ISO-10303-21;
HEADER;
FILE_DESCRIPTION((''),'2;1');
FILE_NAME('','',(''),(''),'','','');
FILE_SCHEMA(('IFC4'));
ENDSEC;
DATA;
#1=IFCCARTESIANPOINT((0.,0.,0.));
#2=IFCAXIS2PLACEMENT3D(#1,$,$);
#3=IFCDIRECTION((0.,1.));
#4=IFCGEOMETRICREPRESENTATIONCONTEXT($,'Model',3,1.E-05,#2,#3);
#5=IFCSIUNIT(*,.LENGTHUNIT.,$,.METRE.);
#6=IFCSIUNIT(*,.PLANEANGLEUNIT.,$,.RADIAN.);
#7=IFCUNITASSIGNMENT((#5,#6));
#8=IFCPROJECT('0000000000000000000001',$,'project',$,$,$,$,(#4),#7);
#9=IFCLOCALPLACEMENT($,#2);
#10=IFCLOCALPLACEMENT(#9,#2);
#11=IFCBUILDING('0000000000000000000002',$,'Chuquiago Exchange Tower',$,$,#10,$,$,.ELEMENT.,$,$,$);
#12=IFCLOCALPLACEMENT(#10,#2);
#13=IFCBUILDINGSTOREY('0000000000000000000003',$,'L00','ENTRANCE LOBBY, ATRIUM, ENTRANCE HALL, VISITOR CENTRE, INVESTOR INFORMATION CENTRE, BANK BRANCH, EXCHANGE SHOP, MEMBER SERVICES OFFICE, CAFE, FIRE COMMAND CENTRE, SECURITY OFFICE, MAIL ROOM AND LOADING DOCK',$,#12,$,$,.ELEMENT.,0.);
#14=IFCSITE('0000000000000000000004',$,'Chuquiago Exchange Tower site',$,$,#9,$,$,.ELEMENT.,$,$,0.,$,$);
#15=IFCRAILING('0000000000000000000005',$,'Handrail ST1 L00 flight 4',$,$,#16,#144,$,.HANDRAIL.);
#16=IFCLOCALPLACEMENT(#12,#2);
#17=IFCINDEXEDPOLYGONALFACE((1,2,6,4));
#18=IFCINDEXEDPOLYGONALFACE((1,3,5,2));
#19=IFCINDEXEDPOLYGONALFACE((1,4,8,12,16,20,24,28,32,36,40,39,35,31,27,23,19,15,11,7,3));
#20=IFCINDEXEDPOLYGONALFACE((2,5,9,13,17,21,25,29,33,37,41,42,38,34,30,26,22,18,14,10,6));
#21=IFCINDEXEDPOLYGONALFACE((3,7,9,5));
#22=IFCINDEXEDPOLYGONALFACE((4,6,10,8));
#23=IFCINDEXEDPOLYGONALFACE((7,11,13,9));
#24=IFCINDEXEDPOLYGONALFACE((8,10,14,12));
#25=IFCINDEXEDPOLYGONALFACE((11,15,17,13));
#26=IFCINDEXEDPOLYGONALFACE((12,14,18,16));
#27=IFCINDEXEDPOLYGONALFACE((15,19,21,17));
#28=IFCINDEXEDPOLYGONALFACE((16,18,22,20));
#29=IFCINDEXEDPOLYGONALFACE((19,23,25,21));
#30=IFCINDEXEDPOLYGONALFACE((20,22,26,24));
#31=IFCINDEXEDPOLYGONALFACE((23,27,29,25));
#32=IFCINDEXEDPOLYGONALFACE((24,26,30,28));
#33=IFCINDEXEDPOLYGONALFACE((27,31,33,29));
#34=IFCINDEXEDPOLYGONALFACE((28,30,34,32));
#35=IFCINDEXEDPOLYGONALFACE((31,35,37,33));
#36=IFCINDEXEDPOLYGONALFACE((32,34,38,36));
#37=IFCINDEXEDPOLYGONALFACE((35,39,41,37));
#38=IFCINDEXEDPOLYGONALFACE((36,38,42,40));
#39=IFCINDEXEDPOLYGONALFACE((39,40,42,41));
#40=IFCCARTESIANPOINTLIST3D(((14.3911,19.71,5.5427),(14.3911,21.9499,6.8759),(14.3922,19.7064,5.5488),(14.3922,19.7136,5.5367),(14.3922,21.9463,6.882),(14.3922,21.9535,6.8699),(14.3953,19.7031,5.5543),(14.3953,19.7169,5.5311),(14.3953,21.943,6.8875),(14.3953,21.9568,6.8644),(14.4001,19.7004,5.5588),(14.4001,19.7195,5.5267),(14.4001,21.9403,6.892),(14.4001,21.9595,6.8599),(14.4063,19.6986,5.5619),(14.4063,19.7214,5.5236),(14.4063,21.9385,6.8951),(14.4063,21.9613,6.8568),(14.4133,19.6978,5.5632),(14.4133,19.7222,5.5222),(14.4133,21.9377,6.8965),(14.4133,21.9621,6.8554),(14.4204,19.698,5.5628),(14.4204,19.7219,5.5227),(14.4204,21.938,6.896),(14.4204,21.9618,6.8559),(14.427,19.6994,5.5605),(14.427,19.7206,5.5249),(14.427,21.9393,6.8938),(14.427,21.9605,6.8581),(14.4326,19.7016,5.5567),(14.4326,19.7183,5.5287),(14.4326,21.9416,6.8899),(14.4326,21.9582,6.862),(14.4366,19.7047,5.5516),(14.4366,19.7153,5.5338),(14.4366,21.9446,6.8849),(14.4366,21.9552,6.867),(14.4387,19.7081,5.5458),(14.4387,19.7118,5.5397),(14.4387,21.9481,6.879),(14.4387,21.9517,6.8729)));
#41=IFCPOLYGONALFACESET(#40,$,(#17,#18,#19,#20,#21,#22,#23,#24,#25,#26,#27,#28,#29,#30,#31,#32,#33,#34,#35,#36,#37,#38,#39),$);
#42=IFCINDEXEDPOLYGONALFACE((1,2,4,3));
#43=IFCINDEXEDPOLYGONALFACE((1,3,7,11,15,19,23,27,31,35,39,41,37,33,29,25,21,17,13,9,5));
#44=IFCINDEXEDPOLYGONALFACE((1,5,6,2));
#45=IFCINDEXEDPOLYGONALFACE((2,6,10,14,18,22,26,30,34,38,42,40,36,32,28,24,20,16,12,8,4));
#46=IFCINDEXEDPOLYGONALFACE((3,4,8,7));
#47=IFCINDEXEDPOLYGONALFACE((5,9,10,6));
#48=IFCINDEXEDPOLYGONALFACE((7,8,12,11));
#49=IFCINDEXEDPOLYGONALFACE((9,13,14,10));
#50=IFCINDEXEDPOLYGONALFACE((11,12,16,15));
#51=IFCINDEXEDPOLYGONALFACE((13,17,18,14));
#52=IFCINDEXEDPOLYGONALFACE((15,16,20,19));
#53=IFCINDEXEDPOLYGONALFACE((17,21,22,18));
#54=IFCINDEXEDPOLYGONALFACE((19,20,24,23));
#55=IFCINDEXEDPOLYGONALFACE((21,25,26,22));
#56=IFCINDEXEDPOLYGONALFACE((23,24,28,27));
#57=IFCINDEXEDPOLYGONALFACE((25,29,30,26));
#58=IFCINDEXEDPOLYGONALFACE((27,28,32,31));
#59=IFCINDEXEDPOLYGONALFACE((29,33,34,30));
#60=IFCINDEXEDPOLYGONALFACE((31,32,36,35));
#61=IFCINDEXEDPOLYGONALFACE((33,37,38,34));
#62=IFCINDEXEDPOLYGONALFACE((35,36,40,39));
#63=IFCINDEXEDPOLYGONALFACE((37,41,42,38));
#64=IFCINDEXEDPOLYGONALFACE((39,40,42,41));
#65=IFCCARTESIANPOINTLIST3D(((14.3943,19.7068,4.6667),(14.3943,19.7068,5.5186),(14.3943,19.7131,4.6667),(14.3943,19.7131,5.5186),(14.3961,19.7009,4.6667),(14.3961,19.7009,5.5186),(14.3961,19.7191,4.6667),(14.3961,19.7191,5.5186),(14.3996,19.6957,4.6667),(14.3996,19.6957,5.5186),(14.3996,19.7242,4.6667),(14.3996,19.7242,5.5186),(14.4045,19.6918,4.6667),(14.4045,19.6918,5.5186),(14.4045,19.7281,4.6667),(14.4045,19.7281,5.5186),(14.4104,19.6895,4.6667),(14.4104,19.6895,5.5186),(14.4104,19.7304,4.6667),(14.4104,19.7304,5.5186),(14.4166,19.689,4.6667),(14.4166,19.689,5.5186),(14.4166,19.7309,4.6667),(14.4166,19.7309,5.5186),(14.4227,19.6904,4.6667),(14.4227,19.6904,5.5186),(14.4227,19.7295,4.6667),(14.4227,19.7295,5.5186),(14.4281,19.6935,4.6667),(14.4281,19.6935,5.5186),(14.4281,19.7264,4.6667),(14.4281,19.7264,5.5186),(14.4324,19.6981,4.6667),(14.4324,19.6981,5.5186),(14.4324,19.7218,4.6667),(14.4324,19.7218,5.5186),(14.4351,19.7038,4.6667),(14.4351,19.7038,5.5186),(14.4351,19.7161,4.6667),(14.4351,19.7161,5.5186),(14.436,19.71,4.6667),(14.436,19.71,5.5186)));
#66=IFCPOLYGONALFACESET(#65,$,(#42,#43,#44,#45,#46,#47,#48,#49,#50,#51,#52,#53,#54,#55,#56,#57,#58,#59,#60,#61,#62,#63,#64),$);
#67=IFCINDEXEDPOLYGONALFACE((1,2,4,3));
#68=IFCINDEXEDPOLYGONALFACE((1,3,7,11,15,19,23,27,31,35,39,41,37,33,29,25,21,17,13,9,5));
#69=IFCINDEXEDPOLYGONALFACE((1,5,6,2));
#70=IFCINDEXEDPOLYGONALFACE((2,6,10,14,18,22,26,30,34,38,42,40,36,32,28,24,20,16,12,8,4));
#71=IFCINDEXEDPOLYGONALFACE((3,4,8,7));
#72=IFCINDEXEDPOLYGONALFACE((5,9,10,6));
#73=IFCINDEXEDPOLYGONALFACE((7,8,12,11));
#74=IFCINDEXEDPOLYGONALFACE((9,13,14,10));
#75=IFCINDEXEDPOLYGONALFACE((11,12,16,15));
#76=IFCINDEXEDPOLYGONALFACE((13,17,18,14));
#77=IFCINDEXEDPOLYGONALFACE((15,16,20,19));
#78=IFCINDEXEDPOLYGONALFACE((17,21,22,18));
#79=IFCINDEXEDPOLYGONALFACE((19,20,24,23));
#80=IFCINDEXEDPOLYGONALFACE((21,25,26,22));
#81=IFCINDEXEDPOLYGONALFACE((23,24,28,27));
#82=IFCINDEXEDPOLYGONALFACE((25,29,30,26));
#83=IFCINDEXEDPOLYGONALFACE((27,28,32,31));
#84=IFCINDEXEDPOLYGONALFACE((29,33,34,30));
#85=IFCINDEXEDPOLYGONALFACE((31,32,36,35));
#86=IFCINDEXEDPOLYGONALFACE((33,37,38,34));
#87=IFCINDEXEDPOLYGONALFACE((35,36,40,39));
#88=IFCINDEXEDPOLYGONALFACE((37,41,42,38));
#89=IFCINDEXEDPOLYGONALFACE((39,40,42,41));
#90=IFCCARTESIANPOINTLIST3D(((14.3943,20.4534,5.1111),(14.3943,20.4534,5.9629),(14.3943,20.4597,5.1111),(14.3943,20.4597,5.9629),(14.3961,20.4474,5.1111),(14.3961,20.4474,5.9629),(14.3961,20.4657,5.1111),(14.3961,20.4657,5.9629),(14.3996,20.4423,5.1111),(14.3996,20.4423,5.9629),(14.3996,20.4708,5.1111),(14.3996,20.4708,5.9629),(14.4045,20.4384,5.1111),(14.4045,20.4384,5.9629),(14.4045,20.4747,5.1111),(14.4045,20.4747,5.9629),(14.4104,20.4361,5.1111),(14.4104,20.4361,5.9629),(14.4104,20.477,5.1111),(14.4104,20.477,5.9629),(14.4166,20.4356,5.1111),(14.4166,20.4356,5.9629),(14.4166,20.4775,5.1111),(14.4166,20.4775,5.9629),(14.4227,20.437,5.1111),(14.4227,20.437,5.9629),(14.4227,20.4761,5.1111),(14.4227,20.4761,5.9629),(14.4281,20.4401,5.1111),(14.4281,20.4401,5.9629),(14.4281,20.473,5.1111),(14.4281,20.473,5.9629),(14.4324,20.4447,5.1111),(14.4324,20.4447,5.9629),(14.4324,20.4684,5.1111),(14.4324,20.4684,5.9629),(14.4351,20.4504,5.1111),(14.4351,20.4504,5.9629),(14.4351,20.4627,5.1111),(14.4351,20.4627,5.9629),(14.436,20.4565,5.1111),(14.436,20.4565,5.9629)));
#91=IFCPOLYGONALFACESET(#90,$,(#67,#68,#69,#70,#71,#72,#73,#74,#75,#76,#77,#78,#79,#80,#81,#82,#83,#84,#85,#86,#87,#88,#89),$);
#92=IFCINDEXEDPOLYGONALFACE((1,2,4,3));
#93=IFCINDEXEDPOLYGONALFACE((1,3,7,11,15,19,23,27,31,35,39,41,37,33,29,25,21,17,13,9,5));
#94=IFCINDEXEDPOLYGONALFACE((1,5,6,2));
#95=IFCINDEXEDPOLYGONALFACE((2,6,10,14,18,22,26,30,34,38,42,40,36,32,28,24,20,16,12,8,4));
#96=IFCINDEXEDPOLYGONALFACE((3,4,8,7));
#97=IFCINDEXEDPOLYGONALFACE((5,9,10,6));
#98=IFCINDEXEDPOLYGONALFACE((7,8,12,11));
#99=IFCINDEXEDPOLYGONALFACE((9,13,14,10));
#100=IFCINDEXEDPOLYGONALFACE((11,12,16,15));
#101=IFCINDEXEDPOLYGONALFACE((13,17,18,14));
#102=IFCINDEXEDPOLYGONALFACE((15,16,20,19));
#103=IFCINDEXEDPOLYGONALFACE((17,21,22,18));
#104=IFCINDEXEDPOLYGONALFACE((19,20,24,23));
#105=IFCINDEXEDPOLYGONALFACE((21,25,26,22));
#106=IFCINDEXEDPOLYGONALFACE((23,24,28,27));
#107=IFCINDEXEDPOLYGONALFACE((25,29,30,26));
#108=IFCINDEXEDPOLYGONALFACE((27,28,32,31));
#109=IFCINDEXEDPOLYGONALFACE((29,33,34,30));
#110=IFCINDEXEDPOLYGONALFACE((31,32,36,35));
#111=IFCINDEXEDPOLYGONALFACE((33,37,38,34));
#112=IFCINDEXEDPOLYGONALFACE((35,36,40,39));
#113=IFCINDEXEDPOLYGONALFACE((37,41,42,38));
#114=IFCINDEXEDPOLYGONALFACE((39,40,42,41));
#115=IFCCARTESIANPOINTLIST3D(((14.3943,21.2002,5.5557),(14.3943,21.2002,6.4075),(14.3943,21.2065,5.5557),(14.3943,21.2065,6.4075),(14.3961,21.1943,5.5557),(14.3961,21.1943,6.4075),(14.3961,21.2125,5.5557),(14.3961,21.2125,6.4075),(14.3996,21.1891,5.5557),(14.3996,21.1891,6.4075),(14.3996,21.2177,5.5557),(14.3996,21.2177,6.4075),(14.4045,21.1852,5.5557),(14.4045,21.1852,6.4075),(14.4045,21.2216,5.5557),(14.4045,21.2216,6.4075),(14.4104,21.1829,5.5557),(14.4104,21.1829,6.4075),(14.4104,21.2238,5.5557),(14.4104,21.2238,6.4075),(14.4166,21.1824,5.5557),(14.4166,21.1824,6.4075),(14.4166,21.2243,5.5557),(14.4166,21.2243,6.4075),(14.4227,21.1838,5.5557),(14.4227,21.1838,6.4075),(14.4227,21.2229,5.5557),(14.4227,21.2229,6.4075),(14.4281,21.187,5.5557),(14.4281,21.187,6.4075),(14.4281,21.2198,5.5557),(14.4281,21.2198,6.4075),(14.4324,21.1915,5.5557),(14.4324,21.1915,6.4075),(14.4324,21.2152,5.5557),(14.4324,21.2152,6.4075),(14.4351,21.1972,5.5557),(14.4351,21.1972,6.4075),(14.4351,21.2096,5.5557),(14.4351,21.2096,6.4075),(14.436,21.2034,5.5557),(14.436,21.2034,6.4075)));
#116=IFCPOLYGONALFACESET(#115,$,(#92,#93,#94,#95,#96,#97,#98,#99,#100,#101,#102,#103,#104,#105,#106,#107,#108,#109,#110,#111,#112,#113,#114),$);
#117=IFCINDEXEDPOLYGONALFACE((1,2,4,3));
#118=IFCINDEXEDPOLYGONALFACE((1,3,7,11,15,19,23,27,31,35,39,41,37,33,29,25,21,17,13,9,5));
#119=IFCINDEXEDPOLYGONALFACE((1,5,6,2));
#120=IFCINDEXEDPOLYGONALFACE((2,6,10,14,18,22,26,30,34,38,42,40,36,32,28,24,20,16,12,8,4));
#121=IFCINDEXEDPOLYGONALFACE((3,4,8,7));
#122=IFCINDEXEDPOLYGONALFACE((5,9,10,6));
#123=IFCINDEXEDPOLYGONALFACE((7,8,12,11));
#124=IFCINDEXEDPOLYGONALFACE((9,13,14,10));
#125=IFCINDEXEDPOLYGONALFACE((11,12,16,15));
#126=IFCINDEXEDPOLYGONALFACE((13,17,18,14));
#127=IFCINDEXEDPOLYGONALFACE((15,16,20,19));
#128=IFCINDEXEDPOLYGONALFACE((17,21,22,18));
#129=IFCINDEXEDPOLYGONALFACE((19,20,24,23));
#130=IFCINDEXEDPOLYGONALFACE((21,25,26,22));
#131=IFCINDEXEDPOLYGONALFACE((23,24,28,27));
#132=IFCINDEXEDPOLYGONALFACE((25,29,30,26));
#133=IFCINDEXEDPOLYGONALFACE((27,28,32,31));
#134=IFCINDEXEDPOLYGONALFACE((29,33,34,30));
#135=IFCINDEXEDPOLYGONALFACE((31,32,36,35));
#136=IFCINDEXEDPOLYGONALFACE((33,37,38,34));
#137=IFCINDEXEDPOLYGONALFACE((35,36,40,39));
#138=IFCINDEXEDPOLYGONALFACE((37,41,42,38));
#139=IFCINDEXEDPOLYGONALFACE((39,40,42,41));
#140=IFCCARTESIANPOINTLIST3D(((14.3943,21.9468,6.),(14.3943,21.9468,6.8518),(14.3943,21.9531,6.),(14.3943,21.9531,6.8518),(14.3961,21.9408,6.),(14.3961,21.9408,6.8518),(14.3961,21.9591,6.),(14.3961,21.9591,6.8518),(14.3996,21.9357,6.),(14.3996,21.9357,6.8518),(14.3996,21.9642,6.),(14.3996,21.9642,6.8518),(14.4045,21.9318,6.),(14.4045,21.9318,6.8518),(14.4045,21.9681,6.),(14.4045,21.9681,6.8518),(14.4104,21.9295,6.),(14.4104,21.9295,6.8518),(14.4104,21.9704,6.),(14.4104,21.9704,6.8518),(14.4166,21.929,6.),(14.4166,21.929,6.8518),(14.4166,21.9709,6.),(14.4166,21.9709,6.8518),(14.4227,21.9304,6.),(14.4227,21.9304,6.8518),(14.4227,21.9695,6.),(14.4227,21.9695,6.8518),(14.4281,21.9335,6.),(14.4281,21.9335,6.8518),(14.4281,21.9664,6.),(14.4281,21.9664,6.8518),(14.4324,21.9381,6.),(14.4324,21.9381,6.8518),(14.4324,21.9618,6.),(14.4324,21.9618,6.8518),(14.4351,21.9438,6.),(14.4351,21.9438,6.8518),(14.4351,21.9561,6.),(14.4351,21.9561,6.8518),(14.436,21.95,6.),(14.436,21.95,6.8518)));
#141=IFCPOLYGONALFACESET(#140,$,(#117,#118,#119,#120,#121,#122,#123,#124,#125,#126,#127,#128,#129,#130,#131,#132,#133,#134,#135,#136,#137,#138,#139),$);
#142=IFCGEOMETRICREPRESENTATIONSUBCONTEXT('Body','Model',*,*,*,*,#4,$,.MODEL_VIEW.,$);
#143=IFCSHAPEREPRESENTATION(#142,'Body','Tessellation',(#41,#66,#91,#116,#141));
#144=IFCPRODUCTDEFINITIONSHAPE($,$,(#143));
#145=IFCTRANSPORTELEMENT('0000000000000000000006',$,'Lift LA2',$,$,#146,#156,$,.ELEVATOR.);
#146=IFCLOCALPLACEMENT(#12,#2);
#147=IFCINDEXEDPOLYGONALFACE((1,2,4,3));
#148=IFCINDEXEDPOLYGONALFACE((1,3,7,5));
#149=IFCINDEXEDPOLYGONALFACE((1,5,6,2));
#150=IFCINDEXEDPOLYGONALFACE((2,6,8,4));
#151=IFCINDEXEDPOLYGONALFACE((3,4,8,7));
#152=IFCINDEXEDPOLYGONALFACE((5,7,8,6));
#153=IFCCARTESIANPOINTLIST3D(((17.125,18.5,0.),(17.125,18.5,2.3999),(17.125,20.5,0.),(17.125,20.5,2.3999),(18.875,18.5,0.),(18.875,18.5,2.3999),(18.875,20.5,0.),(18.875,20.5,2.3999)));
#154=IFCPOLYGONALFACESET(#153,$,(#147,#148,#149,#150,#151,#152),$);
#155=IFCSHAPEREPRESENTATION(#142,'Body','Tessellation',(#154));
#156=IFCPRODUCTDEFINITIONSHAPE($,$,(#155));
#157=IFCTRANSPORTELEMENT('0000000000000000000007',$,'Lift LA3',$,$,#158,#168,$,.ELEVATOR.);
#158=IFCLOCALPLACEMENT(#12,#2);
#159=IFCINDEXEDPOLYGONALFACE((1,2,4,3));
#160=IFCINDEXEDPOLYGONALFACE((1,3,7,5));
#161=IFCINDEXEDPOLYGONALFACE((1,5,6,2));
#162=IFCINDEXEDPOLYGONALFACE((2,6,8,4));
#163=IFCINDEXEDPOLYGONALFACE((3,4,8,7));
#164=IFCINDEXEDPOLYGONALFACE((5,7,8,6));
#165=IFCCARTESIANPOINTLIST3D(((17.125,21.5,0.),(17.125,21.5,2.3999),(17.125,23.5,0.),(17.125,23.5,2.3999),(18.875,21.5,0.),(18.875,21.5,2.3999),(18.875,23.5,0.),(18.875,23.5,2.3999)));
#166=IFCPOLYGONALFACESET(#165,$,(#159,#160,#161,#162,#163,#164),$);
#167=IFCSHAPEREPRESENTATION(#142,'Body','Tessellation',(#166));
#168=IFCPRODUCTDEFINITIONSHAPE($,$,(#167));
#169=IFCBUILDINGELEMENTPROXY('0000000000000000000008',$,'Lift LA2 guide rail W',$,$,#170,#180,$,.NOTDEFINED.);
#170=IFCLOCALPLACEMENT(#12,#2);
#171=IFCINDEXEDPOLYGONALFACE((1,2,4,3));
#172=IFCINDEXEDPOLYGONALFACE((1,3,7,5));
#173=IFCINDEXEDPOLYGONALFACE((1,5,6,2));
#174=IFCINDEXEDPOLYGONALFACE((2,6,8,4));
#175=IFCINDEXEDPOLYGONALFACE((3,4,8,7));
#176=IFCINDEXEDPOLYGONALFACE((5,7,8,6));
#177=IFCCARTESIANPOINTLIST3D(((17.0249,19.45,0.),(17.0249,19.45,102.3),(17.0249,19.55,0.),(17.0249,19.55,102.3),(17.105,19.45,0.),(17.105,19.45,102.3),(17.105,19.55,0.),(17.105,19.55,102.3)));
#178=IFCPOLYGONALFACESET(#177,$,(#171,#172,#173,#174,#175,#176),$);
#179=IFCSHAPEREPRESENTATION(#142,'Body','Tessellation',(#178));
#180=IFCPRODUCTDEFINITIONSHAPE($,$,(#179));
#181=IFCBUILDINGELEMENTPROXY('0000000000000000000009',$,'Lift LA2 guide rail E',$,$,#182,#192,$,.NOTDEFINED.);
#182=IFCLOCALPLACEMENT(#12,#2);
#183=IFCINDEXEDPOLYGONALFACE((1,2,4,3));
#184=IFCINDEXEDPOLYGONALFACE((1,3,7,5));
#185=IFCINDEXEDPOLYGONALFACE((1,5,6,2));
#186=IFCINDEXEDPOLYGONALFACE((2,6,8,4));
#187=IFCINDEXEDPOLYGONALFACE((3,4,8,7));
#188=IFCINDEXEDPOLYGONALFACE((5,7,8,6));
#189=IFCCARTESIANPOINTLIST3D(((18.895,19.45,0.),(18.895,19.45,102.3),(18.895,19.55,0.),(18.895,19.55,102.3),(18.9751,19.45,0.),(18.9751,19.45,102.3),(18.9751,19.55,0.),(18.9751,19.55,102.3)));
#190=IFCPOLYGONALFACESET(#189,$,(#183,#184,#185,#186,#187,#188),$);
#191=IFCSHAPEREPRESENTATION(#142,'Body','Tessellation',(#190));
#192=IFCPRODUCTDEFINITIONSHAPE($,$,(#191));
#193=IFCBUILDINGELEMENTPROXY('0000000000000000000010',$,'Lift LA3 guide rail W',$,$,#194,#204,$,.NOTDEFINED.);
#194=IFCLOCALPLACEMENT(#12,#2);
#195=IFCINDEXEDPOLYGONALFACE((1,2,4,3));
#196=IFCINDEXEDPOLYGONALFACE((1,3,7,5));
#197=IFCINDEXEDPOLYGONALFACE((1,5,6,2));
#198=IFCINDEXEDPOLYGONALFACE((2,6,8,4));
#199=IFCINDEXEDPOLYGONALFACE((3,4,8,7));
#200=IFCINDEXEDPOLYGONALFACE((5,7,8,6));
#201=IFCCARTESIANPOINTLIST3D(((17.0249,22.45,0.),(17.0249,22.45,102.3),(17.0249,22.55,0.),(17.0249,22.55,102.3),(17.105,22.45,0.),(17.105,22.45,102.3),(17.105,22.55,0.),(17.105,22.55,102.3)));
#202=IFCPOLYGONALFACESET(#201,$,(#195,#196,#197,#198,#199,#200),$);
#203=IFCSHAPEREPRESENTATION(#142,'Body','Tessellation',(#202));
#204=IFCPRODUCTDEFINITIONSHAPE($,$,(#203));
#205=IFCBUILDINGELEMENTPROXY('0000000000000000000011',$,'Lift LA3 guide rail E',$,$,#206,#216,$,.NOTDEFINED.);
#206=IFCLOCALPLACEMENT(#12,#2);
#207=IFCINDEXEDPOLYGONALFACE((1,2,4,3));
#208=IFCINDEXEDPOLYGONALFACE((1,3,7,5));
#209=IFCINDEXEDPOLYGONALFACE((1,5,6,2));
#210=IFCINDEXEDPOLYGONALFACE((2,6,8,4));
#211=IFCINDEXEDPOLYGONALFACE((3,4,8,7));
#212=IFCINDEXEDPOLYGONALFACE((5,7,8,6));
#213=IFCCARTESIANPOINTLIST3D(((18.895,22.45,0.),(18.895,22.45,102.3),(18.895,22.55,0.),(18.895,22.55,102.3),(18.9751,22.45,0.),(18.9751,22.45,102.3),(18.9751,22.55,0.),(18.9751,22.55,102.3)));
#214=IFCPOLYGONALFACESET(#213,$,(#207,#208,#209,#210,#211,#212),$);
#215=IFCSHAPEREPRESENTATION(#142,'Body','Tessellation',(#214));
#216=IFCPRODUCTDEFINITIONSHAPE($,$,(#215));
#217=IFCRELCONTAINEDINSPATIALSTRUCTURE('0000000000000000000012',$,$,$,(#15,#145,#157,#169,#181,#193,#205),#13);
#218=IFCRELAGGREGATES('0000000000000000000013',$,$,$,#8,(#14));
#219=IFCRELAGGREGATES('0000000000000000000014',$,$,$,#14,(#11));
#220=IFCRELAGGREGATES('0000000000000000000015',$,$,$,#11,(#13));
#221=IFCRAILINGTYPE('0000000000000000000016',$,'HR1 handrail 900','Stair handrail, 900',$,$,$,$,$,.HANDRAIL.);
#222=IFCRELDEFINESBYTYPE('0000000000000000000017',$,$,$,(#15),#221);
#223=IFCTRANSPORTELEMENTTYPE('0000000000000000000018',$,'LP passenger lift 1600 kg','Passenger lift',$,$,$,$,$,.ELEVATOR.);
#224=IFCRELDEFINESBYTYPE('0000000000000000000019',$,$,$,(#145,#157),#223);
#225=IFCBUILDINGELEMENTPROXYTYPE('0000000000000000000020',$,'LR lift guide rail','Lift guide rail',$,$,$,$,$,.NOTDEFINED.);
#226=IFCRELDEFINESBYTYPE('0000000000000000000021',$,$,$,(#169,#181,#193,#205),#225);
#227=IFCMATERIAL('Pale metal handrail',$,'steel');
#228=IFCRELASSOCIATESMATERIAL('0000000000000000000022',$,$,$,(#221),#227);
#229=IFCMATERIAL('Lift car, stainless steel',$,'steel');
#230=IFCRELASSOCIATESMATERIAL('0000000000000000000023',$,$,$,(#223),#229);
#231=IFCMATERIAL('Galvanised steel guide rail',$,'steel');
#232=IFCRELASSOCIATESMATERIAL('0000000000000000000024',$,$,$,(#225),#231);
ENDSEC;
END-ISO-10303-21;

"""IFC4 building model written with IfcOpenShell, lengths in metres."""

from ifc_helpers import new_model, si_unit, direction, frame, origin, origin_2d, place, context, subcontext, project, spatial, rectangle, circle, extrude, material, type_object, element, save


model = new_model("IFC4")

# Units and contexts
model_context = context("Model", 3, precision=1e-05, world=origin(), true_north=direction((0.0, 1.0)))
body_context = subcontext(model_context, "Body", "Model", "MODEL_VIEW")
ifc_project = project(units=[si_unit("LENGTHUNIT", "METRE"), si_unit("PLANEANGLEUNIT", "RADIAN")], contexts=[model_context])

# Site, building, storey
site_placement = place(None, origin())
site = spatial("IfcSite", under=ifc_project, at=site_placement, Name="Chuquiago Exchange Tower site", CompositionType="ELEMENT", RefElevation=0.0)
building_placement = place(site_placement, origin())
building = spatial("IfcBuilding", under=site, at=building_placement, Name="Chuquiago Exchange Tower", CompositionType="ELEMENT")
storey_placement = place(building_placement, origin())
storey = spatial("IfcBuildingStorey", under=building, at=storey_placement, Name="L00", Description="ENTRANCE LOBBY, ATRIUM, ENTRANCE HALL, VISITOR CENTRE, INVESTOR INFORMATION CENTRE, BANK BRANCH, EXCHANGE SHOP, MEMBER SERVICES OFFICE, CAFE, FIRE COMMAND CENTRE, SECURITY OFFICE, MAIL ROOM AND LOADING DOCK", CompositionType="ELEMENT", Elevation=0.0)

# Railing
ifc_material_1 = material(Name="Pale metal handrail", Category="steel")
railing_type_1 = type_object("IfcRailingType", Name="HR1 handrail 900", Description="Stair handrail, 900", PredefinedType="HANDRAIL", material=ifc_material_1)
for number, where, name in (
    (1, (14.415, 19.71, 4.6667), "Handrail ST1 L00 flight 4"),
):
    element("IfcRailing", number, at=place(storey_placement, frame(where)), inside=storey, type_object=railing_type_1, Name=name, PredefinedType="HANDRAIL", context=body_context, shape_type="SweptSolid", body=[
        extrude(circle(Radius=0.0239, at=origin_2d()), frame((0.0, 0.0, 0.876), z_axis=(0.0, 0.859306, 0.511462), x_axis=(-1.0, 0.0, 0.0)), (0.0, 0.0, 1.0), 2.6067),
        extrude(circle(Radius=0.021, at=origin_2d()), origin(), (0.0, 0.0, 1.0), 0.8518),
        extrude(circle(Radius=0.021, at=origin_2d()), frame((0.0, 0.7466, 0.4443)), (0.0, 0.0, 1.0), 0.8518),
        extrude(circle(Radius=0.021, at=origin_2d()), frame((0.0, 1.4934, 0.8889)), (0.0, 0.0, 1.0), 0.8518),
        extrude(circle(Radius=0.021, at=origin_2d()), frame((0.0, 2.24, 1.3333)), (0.0, 0.0, 1.0), 0.8518),
    ])

# Transport elements
ifc_material_2 = material(Name="Lift car, stainless steel", Category="steel")
transport_element_type = type_object("IfcTransportElementType", Name="LP passenger lift 1600 kg", Description="Passenger lift", PredefinedType="ELEVATOR", material=ifc_material_2)
for number, where, z_axis, x_axis, name in (
    (2, (18.0, 19.5, 0.0), (0.0, 0.0, 1.0), (1.0, 0.0, 0.0), "Lift LA2"),
    (3, (18.0, 22.5, 0.0), (0.0, 0.0, 1.0), (1.0, 0.0, 0.0), "Lift LA3"),
):
    element("IfcTransportElement", number, at=place(storey_placement, frame(where, z_axis=z_axis, x_axis=x_axis)), inside=storey, type_object=transport_element_type, Name=name, PredefinedType="ELEVATOR", context=body_context, shape_type="SweptSolid", body=[
        extrude(rectangle(XDim=1.75, YDim=2.0, at=origin_2d()), origin(), (0.0, 0.0, 1.0), 2.3999),
    ])

# Building element proxies
ifc_material_3 = material(Name="Galvanised steel guide rail", Category="steel")
building_element_proxy_type = type_object("IfcBuildingElementProxyType", Name="LR lift guide rail", Description="Lift guide rail", PredefinedType="NOTDEFINED", material=ifc_material_3)
for number, where, z_axis, x_axis, name in (
    (4, (17.0649, 19.5, 0.0), (0.0, 0.0, 1.0), (1.0, 0.0, 0.0), "Lift LA2 guide rail W"),
    (5, (18.9351, 19.5, 0.0), (0.0, 0.0, 1.0), (1.0, 0.0, 0.0), "Lift LA2 guide rail E"),
    (6, (17.0649, 22.5, 0.0), (0.0, 0.0, 1.0), (1.0, 0.0, 0.0), "Lift LA3 guide rail W"),
    (7, (18.9351, 22.5, 0.0), (0.0, 0.0, 1.0), (1.0, 0.0, 0.0), "Lift LA3 guide rail E"),
):
    element("IfcBuildingElementProxy", number, at=place(storey_placement, frame(where, z_axis=z_axis, x_axis=x_axis)), inside=storey, type_object=building_element_proxy_type, Name=name, PredefinedType="NOTDEFINED", context=body_context, shape_type="SweptSolid", body=[
        extrude(rectangle(XDim=0.0801, YDim=0.1001, at=origin_2d()), origin(), (0.0, 0.0, 1.0), 102.3),
    ])

save(model, "model.ifc")
